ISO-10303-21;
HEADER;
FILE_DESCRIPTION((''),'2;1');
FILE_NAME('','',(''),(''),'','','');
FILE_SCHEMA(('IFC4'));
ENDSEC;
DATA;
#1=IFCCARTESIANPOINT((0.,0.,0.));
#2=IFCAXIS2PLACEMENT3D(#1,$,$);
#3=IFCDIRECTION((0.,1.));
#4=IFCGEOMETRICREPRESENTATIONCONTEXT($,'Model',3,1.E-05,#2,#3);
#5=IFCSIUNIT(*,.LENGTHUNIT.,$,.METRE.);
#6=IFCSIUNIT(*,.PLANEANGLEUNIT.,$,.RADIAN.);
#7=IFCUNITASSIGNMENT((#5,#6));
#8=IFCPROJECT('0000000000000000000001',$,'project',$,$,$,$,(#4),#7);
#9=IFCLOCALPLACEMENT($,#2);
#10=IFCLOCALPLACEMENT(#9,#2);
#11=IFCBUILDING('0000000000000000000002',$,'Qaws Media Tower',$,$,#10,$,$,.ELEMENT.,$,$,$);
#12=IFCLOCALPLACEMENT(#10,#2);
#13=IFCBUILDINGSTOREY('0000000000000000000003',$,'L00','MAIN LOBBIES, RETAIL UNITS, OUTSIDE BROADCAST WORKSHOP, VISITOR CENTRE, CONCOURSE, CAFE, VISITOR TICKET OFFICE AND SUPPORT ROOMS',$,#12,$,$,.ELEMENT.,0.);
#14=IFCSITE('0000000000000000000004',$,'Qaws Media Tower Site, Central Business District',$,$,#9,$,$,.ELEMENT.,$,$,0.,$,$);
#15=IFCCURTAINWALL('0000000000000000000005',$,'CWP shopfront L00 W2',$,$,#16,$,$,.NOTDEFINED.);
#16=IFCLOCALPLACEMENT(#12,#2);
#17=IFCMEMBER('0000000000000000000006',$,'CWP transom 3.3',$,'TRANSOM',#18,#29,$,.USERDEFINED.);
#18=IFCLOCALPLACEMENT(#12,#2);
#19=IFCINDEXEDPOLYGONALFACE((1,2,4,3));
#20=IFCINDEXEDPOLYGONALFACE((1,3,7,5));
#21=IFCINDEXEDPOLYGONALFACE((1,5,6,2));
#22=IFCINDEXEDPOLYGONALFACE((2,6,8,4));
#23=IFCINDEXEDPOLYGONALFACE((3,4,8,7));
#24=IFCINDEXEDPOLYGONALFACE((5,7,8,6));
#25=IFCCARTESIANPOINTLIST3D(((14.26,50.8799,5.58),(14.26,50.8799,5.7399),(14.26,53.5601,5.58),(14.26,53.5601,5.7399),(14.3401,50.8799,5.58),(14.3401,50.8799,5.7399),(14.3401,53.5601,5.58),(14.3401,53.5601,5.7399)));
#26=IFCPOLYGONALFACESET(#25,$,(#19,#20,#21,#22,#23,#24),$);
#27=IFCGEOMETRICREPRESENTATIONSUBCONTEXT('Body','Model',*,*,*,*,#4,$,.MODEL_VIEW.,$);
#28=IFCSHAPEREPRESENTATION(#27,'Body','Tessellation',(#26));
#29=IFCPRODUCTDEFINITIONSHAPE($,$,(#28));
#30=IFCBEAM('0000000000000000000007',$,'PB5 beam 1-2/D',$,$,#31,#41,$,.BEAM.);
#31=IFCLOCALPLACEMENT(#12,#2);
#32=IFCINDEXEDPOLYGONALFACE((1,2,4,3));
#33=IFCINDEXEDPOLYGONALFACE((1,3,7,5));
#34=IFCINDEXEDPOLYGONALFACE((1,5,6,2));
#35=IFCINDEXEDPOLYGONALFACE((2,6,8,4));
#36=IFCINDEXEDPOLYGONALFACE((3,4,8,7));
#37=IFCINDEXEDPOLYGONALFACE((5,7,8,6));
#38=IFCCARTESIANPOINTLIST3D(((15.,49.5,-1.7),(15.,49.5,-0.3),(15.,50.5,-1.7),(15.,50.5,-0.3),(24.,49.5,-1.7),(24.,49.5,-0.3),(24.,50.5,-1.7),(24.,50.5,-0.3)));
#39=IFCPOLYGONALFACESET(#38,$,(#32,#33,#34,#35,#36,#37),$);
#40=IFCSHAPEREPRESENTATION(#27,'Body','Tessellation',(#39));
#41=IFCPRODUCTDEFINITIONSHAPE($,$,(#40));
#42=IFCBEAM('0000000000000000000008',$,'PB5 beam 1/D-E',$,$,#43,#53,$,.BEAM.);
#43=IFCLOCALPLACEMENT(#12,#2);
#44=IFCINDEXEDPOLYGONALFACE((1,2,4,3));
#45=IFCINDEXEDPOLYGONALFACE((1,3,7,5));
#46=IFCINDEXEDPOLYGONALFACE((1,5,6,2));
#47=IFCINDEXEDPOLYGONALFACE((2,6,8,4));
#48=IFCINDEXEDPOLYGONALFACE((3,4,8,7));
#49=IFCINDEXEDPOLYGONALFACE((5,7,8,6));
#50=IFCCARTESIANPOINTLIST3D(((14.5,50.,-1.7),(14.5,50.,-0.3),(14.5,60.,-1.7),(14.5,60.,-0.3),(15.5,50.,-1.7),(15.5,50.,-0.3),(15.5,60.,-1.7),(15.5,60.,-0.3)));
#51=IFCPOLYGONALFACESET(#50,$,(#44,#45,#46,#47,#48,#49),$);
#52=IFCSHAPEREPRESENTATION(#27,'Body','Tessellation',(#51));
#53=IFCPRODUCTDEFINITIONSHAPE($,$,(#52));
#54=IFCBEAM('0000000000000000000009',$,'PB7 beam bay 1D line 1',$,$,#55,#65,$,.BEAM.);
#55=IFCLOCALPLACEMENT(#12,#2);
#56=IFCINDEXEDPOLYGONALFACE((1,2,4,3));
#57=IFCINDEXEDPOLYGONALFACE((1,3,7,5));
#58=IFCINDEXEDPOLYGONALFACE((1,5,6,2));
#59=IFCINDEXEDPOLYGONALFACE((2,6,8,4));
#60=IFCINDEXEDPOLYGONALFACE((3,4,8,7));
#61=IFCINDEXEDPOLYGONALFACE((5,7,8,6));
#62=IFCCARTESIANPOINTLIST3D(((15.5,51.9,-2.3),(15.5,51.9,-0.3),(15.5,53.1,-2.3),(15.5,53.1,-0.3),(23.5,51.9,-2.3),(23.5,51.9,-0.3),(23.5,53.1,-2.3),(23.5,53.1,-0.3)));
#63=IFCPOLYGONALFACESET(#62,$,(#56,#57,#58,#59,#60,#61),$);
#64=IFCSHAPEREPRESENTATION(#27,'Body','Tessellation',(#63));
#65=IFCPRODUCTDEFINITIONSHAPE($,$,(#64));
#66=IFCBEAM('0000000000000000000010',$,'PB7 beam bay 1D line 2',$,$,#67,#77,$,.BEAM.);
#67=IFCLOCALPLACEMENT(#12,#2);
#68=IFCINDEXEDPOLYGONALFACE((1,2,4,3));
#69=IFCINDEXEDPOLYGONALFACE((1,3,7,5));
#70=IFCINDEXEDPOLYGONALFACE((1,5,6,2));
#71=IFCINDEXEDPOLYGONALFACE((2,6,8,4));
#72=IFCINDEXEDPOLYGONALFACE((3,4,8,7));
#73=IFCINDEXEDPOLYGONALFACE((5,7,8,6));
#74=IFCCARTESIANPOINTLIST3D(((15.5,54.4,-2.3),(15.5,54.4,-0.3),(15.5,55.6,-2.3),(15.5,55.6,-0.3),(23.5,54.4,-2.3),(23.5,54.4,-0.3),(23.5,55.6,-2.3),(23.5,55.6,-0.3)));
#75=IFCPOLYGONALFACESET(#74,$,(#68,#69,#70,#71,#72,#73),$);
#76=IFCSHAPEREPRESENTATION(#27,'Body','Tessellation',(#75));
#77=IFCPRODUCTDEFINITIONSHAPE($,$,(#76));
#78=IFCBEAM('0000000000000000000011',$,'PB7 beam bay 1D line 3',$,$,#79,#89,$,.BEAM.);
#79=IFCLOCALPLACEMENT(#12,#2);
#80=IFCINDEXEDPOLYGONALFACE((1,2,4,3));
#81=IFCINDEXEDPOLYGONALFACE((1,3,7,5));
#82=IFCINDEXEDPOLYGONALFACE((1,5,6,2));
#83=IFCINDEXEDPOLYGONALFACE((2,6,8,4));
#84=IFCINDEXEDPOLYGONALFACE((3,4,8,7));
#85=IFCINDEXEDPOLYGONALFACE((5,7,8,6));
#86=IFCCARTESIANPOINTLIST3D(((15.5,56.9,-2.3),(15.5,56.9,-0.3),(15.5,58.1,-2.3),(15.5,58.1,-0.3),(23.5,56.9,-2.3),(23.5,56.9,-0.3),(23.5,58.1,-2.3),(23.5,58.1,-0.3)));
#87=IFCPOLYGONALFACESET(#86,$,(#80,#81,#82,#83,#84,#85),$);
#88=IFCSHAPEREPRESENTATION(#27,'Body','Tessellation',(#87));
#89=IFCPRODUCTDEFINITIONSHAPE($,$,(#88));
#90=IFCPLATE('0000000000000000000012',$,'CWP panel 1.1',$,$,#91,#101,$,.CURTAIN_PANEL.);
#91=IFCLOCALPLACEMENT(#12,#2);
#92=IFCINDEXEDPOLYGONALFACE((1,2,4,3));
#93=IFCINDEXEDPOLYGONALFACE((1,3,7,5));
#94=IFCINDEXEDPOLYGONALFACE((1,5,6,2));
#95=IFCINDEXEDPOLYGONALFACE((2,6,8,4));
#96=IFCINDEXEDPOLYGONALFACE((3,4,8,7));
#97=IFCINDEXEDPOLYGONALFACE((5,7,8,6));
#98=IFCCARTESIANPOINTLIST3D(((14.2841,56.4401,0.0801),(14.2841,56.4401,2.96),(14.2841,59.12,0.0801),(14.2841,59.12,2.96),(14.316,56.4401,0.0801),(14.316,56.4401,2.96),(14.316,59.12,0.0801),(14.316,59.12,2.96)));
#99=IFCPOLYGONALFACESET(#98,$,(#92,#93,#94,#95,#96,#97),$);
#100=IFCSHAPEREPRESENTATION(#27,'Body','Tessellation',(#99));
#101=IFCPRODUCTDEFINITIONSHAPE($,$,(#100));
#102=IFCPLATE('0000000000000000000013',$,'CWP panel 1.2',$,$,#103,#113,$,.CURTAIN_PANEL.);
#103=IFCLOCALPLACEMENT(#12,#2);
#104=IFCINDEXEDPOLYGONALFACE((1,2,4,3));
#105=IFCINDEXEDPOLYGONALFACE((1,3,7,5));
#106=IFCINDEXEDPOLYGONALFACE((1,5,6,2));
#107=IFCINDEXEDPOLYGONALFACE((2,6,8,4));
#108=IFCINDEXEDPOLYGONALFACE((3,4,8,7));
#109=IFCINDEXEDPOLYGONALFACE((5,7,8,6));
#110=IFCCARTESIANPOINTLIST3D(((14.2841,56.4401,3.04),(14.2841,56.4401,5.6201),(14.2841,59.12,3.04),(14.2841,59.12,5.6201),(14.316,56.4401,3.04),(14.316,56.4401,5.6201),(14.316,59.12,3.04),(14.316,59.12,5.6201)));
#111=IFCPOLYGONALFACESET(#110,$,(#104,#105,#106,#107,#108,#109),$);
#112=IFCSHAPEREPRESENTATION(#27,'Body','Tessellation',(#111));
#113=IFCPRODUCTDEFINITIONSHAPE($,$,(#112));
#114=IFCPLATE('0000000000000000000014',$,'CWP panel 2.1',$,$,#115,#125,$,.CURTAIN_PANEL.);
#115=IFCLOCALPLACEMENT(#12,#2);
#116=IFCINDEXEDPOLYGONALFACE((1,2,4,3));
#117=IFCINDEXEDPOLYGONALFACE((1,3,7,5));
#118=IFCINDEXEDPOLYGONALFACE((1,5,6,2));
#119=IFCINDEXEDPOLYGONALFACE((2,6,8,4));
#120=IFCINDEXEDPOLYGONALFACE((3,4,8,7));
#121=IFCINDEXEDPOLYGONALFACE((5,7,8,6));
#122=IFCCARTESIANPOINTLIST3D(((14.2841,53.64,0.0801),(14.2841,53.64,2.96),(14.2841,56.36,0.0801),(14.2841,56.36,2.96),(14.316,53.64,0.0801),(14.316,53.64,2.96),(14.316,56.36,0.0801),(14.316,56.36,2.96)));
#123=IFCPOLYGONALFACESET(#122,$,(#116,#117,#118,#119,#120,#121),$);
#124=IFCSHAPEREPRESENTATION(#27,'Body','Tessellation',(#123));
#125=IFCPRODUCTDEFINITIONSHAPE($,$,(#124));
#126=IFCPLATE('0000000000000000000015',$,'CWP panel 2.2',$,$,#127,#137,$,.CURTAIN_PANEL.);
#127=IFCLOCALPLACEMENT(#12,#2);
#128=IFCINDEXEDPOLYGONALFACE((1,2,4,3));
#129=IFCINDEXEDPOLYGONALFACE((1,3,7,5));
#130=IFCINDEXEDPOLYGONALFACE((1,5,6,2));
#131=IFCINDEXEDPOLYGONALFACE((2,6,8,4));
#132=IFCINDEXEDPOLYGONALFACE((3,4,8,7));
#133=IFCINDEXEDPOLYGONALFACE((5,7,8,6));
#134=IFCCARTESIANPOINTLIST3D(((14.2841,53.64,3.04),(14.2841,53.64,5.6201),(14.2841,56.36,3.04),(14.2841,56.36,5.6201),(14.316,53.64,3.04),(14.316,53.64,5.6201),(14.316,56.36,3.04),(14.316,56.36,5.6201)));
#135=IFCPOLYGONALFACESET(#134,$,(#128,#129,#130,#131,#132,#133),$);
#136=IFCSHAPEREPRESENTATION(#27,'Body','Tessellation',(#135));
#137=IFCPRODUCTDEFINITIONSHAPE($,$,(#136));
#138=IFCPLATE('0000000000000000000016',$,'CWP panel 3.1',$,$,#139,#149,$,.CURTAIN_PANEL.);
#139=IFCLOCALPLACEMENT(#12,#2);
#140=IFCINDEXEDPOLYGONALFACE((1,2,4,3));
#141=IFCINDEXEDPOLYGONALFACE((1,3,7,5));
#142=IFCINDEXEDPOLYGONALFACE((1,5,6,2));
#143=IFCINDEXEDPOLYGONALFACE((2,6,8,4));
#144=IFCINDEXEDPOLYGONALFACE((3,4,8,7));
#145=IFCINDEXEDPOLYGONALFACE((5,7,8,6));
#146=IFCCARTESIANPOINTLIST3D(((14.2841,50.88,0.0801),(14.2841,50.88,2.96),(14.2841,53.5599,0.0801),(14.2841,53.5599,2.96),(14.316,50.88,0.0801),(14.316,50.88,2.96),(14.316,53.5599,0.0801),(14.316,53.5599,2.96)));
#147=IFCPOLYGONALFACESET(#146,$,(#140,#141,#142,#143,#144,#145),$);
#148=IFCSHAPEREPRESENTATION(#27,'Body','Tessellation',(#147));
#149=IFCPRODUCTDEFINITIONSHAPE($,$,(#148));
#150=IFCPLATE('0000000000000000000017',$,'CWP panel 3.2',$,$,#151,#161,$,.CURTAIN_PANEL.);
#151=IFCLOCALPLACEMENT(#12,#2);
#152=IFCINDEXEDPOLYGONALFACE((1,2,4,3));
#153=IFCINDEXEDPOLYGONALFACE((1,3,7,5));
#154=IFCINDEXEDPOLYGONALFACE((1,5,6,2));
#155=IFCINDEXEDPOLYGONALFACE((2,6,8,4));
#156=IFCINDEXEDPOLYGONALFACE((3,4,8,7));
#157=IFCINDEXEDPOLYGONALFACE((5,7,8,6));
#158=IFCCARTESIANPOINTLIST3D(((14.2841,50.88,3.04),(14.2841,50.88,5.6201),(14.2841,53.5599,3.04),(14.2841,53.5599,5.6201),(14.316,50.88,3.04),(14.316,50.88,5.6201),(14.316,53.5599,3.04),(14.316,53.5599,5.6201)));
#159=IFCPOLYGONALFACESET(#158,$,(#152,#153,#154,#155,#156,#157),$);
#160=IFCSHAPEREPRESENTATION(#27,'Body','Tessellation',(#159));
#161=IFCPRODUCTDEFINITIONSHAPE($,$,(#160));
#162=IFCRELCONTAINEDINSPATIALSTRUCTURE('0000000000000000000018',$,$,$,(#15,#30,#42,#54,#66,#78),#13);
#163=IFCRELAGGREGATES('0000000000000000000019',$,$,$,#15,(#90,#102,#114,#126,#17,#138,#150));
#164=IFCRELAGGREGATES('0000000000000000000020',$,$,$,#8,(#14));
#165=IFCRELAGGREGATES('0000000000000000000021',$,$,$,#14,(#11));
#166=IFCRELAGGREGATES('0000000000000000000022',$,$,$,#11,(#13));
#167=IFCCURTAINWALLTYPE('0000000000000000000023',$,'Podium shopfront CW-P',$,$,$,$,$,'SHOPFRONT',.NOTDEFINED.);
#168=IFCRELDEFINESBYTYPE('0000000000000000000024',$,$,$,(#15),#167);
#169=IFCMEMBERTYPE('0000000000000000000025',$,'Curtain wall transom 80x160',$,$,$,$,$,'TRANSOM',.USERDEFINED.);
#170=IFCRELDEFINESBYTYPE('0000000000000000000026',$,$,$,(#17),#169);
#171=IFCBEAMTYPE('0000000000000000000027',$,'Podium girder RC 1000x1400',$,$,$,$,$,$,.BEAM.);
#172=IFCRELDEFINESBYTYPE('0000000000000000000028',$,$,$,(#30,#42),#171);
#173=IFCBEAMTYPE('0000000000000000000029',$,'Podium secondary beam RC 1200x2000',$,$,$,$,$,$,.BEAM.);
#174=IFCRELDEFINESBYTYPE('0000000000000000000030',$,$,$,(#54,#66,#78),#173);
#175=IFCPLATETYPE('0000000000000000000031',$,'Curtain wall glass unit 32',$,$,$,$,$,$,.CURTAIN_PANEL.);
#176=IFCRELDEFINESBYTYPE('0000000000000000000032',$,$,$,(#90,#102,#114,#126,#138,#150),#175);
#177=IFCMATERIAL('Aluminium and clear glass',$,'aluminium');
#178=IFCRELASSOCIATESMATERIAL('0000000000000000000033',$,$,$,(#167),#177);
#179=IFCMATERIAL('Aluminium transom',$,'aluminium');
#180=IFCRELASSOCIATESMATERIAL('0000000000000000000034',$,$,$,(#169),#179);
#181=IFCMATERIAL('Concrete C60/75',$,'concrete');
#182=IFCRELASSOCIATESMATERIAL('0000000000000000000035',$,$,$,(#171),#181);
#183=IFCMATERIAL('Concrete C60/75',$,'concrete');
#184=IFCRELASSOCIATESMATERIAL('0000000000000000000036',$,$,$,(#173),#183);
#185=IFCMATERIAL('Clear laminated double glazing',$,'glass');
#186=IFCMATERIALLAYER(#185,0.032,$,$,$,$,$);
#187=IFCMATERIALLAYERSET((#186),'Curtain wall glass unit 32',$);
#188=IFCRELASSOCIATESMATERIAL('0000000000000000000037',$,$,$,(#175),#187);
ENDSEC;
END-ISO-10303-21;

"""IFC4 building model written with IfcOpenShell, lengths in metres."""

from ifc_helpers import new_model, si_unit, direction, frame, origin, origin_2d, place, context, subcontext, project, spatial, rectangle, extrude, material, layer, layer_set, material_profile, profile_set, type_object, element, aggregate, save


model = new_model("IFC4")

# Units and contexts
model_context = context("Model", 3, precision=1e-05, world=origin(), true_north=direction((0.0, 1.0)))
body_context = subcontext(model_context, "Body", "Model", "MODEL_VIEW")
ifc_project = project(units=[si_unit("LENGTHUNIT", "METRE"), si_unit("PLANEANGLEUNIT", "RADIAN")], contexts=[model_context])

# Site, building, storey
site_placement = place(None, origin())
site = spatial("IfcSite", under=ifc_project, at=site_placement, Name="Qaws Media Tower Site, Central Business District", CompositionType="ELEMENT", RefElevation=0.0)
building_placement = place(site_placement, origin())
building = spatial("IfcBuilding", under=site, at=building_placement, Name="Qaws Media Tower", CompositionType="ELEMENT")
storey_placement = place(building_placement, origin())
storey = spatial("IfcBuildingStorey", under=building, at=storey_placement, Name="L00", Description="MAIN LOBBIES, RETAIL UNITS, OUTSIDE BROADCAST WORKSHOP, VISITOR CENTRE, CONCOURSE, CAFE, VISITOR TICKET OFFICE AND SUPPORT ROOMS", CompositionType="ELEMENT", Elevation=0.0)

# Curtain wall
ifc_material_1 = material(Name="Aluminium and clear glass", Category="aluminium")
curtain_wall_type = type_object("IfcCurtainWallType", Name="Podium shopfront CW-P", ElementType="SHOPFRONT", PredefinedType="NOTDEFINED", material=ifc_material_1)
curtain_wall_1_placement = place(storey_placement, origin())
curtain_wall_1 = element("IfcCurtainWall", 1, at=curtain_wall_1_placement, inside=storey, type_object=curtain_wall_type, Name="CWP shopfront L00 W2", PredefinedType="NOTDEFINED")

# Member
ifc_material_2 = material(Name="Aluminium transom", Category="aluminium")
ifc_material_profile_1 = material_profile(ifc_material_2, rectangle(XDim=0.0801, YDim=0.1599, at=origin_2d()), Name="80x160")
ifc_profile_set_1 = profile_set([ifc_material_profile_1], Name="Aluminium transom")
member_type_1 = type_object("IfcMemberType", Name="Curtain wall transom 80x160", ElementType="TRANSOM", PredefinedType="USERDEFINED", material=ifc_profile_set_1)
member_1_placement = place(storey_placement, frame((14.3, 53.5601, 5.6599), z_axis=(0.0, -1.0, 0.0), x_axis=(1.0, 0.0, 0.0)))
member_1 = element("IfcMember", 2, at=member_1_placement, type_object=member_type_1, Name="CWP transom 3.3", ObjectType="TRANSOM", PredefinedType="USERDEFINED", context=body_context, shape_type="SweptSolid", body=[
    extrude(rectangle(XDim=0.0801, YDim=0.1599, at=origin_2d()), origin(), (0.0, 0.0, 1.0), 2.6802),
])

# Beams
ifc_material_3 = material(Name="Concrete C60/75", Category="concrete")
ifc_material_profile_2 = material_profile(ifc_material_3, rectangle(XDim=1.0, YDim=1.3999, at=origin_2d()), Name="RC 1000x1400")
ifc_profile_set_2 = profile_set([ifc_material_profile_2], Name="Concrete C60/75")
beam_type_1 = type_object("IfcBeamType", Name="Podium girder RC 1000x1400", PredefinedType="BEAM", material=ifc_profile_set_2)
beam_1_placement = place(storey_placement, frame((15.0, 50.0, -1.0), z_axis=(1.0, 0.0, 0.0), x_axis=(0.0, 1.0, 0.0)))
element("IfcBeam", 3, at=beam_1_placement, inside=storey, type_object=beam_type_1, Name="PB5 beam 1-2/D", PredefinedType="BEAM", context=body_context, shape_type="SweptSolid", body=[
    extrude(rectangle(XDim=1.0, YDim=1.3999, at=origin_2d()), origin(), (0.0, 0.0, 1.0), 9.0),
])
beam_2_placement = place(storey_placement, frame((15.0, 50.0, -1.0), z_axis=(0.0, 1.0, 0.0), x_axis=(-1.0, 0.0, 0.0)))
element("IfcBeam", 4, at=beam_2_placement, inside=storey, type_object=beam_type_1, Name="PB5 beam 1/D-E", PredefinedType="BEAM", context=body_context, shape_type="SweptSolid", body=[
    extrude(rectangle(XDim=1.0, YDim=1.3999, at=origin_2d()), origin(), (0.0, 0.0, 1.0), 10.0),
])
ifc_material_4 = material(Name="Concrete C60/75", Category="concrete")
ifc_material_profile_3 = material_profile(ifc_material_4, rectangle(XDim=1.2, YDim=2.0, at=origin_2d()), Name="RC 1200x2000")
ifc_profile_set_3 = profile_set([ifc_material_profile_3], Name="Concrete C60/75")
beam_type_2 = type_object("IfcBeamType", Name="Podium secondary beam RC 1200x2000", PredefinedType="BEAM", material=ifc_profile_set_3)
for number, where, z_axis, x_axis, name in (
    (5, (15.5, 52.5, -1.3), (1.0, 0.0, 0.0), (0.0, 1.0, 0.0), "PB7 beam bay 1D line 1"),
    (6, (15.5, 55.0, -1.3), (1.0, 0.0, 0.0), (0.0, 1.0, 0.0), "PB7 beam bay 1D line 2"),
    (7, (15.5, 57.5, -1.3), (1.0, 0.0, 0.0), (0.0, 1.0, 0.0), "PB7 beam bay 1D line 3"),
):
    element("IfcBeam", number, at=place(storey_placement, frame(where, z_axis=z_axis, x_axis=x_axis)), inside=storey, type_object=beam_type_2, Name=name, PredefinedType="BEAM", context=body_context, shape_type="SweptSolid", body=[
        extrude(rectangle(XDim=1.2, YDim=2.0, at=origin_2d()), origin(), (0.0, 0.0, 1.0), 8.0),
    ])

# Plates
ifc_material_5 = material(Name="Clear laminated double glazing", Category="glass")
ifc_layer = layer(ifc_material_5, 0.032)
ifc_layer_set = layer_set([ifc_layer], Name="Curtain wall glass unit 32")
plate_type = type_object("IfcPlateType", Name="Curtain wall glass unit 32", PredefinedType="CURTAIN_PANEL", material=ifc_layer_set)
plate_1_placement = place(storey_placement, frame((14.3, 57.78, 0.0801), z_axis=(0.0, 0.0, 1.0), x_axis=(0.0, -1.0, 0.0)))
plate_1 = element("IfcPlate", 8, at=plate_1_placement, type_object=plate_type, Name="CWP panel 1.1", PredefinedType="CURTAIN_PANEL", context=body_context, shape_type="SweptSolid", body=[
    extrude(rectangle(XDim=2.6799, YDim=0.032, at=origin_2d()), origin(), (0.0, 0.0, 1.0), 2.8799),
])
plate_2_placement = place(storey_placement, frame((14.3, 57.78, 3.04), z_axis=(0.0, 0.0, 1.0), x_axis=(0.0, -1.0, 0.0)))
plate_2 = element("IfcPlate", 9, at=plate_2_placement, type_object=plate_type, Name="CWP panel 1.2", PredefinedType="CURTAIN_PANEL", context=body_context, shape_type="SweptSolid", body=[
    extrude(rectangle(XDim=2.6799, YDim=0.032, at=origin_2d()), origin(), (0.0, 0.0, 1.0), 2.5801),
])
plate_3_placement = place(storey_placement, frame((14.3, 55.0, 0.0801), z_axis=(0.0, 0.0, 1.0), x_axis=(0.0, -1.0, 0.0)))
plate_3 = element("IfcPlate", 10, at=plate_3_placement, type_object=plate_type, Name="CWP panel 2.1", PredefinedType="CURTAIN_PANEL", context=body_context, shape_type="SweptSolid", body=[
    extrude(rectangle(XDim=2.72, YDim=0.032, at=origin_2d()), origin(), (0.0, 0.0, 1.0), 2.8799),
])
plate_4_placement = place(storey_placement, frame((14.3, 55.0, 3.04), z_axis=(0.0, 0.0, 1.0), x_axis=(0.0, -1.0, 0.0)))
plate_4 = element("IfcPlate", 11, at=plate_4_placement, type_object=plate_type, Name="CWP panel 2.2", PredefinedType="CURTAIN_PANEL", context=body_context, shape_type="SweptSolid", body=[
    extrude(rectangle(XDim=2.72, YDim=0.032, at=origin_2d()), origin(), (0.0, 0.0, 1.0), 2.5801),
])
plate_5_placement = place(storey_placement, frame((14.3, 52.22, 0.0801), z_axis=(0.0, 0.0, 1.0), x_axis=(0.0, -1.0, 0.0)))
plate_5 = element("IfcPlate", 12, at=plate_5_placement, type_object=plate_type, Name="CWP panel 3.1", PredefinedType="CURTAIN_PANEL", context=body_context, shape_type="SweptSolid", body=[
    extrude(rectangle(XDim=2.6799, YDim=0.032, at=origin_2d()), origin(), (0.0, 0.0, 1.0), 2.8799),
])
plate_6_placement = place(storey_placement, frame((14.3, 52.22, 3.04), z_axis=(0.0, 0.0, 1.0), x_axis=(0.0, -1.0, 0.0)))
plate_6 = element("IfcPlate", 13, at=plate_6_placement, type_object=plate_type, Name="CWP panel 3.2", PredefinedType="CURTAIN_PANEL", context=body_context, shape_type="SweptSolid", body=[
    extrude(rectangle(XDim=2.6799, YDim=0.032, at=origin_2d()), origin(), (0.0, 0.0, 1.0), 2.5801),
])
aggregate(curtain_wall_1, [plate_1, plate_2, plate_3, plate_4, member_1, plate_5, plate_6])

save(model, "model.ifc")
